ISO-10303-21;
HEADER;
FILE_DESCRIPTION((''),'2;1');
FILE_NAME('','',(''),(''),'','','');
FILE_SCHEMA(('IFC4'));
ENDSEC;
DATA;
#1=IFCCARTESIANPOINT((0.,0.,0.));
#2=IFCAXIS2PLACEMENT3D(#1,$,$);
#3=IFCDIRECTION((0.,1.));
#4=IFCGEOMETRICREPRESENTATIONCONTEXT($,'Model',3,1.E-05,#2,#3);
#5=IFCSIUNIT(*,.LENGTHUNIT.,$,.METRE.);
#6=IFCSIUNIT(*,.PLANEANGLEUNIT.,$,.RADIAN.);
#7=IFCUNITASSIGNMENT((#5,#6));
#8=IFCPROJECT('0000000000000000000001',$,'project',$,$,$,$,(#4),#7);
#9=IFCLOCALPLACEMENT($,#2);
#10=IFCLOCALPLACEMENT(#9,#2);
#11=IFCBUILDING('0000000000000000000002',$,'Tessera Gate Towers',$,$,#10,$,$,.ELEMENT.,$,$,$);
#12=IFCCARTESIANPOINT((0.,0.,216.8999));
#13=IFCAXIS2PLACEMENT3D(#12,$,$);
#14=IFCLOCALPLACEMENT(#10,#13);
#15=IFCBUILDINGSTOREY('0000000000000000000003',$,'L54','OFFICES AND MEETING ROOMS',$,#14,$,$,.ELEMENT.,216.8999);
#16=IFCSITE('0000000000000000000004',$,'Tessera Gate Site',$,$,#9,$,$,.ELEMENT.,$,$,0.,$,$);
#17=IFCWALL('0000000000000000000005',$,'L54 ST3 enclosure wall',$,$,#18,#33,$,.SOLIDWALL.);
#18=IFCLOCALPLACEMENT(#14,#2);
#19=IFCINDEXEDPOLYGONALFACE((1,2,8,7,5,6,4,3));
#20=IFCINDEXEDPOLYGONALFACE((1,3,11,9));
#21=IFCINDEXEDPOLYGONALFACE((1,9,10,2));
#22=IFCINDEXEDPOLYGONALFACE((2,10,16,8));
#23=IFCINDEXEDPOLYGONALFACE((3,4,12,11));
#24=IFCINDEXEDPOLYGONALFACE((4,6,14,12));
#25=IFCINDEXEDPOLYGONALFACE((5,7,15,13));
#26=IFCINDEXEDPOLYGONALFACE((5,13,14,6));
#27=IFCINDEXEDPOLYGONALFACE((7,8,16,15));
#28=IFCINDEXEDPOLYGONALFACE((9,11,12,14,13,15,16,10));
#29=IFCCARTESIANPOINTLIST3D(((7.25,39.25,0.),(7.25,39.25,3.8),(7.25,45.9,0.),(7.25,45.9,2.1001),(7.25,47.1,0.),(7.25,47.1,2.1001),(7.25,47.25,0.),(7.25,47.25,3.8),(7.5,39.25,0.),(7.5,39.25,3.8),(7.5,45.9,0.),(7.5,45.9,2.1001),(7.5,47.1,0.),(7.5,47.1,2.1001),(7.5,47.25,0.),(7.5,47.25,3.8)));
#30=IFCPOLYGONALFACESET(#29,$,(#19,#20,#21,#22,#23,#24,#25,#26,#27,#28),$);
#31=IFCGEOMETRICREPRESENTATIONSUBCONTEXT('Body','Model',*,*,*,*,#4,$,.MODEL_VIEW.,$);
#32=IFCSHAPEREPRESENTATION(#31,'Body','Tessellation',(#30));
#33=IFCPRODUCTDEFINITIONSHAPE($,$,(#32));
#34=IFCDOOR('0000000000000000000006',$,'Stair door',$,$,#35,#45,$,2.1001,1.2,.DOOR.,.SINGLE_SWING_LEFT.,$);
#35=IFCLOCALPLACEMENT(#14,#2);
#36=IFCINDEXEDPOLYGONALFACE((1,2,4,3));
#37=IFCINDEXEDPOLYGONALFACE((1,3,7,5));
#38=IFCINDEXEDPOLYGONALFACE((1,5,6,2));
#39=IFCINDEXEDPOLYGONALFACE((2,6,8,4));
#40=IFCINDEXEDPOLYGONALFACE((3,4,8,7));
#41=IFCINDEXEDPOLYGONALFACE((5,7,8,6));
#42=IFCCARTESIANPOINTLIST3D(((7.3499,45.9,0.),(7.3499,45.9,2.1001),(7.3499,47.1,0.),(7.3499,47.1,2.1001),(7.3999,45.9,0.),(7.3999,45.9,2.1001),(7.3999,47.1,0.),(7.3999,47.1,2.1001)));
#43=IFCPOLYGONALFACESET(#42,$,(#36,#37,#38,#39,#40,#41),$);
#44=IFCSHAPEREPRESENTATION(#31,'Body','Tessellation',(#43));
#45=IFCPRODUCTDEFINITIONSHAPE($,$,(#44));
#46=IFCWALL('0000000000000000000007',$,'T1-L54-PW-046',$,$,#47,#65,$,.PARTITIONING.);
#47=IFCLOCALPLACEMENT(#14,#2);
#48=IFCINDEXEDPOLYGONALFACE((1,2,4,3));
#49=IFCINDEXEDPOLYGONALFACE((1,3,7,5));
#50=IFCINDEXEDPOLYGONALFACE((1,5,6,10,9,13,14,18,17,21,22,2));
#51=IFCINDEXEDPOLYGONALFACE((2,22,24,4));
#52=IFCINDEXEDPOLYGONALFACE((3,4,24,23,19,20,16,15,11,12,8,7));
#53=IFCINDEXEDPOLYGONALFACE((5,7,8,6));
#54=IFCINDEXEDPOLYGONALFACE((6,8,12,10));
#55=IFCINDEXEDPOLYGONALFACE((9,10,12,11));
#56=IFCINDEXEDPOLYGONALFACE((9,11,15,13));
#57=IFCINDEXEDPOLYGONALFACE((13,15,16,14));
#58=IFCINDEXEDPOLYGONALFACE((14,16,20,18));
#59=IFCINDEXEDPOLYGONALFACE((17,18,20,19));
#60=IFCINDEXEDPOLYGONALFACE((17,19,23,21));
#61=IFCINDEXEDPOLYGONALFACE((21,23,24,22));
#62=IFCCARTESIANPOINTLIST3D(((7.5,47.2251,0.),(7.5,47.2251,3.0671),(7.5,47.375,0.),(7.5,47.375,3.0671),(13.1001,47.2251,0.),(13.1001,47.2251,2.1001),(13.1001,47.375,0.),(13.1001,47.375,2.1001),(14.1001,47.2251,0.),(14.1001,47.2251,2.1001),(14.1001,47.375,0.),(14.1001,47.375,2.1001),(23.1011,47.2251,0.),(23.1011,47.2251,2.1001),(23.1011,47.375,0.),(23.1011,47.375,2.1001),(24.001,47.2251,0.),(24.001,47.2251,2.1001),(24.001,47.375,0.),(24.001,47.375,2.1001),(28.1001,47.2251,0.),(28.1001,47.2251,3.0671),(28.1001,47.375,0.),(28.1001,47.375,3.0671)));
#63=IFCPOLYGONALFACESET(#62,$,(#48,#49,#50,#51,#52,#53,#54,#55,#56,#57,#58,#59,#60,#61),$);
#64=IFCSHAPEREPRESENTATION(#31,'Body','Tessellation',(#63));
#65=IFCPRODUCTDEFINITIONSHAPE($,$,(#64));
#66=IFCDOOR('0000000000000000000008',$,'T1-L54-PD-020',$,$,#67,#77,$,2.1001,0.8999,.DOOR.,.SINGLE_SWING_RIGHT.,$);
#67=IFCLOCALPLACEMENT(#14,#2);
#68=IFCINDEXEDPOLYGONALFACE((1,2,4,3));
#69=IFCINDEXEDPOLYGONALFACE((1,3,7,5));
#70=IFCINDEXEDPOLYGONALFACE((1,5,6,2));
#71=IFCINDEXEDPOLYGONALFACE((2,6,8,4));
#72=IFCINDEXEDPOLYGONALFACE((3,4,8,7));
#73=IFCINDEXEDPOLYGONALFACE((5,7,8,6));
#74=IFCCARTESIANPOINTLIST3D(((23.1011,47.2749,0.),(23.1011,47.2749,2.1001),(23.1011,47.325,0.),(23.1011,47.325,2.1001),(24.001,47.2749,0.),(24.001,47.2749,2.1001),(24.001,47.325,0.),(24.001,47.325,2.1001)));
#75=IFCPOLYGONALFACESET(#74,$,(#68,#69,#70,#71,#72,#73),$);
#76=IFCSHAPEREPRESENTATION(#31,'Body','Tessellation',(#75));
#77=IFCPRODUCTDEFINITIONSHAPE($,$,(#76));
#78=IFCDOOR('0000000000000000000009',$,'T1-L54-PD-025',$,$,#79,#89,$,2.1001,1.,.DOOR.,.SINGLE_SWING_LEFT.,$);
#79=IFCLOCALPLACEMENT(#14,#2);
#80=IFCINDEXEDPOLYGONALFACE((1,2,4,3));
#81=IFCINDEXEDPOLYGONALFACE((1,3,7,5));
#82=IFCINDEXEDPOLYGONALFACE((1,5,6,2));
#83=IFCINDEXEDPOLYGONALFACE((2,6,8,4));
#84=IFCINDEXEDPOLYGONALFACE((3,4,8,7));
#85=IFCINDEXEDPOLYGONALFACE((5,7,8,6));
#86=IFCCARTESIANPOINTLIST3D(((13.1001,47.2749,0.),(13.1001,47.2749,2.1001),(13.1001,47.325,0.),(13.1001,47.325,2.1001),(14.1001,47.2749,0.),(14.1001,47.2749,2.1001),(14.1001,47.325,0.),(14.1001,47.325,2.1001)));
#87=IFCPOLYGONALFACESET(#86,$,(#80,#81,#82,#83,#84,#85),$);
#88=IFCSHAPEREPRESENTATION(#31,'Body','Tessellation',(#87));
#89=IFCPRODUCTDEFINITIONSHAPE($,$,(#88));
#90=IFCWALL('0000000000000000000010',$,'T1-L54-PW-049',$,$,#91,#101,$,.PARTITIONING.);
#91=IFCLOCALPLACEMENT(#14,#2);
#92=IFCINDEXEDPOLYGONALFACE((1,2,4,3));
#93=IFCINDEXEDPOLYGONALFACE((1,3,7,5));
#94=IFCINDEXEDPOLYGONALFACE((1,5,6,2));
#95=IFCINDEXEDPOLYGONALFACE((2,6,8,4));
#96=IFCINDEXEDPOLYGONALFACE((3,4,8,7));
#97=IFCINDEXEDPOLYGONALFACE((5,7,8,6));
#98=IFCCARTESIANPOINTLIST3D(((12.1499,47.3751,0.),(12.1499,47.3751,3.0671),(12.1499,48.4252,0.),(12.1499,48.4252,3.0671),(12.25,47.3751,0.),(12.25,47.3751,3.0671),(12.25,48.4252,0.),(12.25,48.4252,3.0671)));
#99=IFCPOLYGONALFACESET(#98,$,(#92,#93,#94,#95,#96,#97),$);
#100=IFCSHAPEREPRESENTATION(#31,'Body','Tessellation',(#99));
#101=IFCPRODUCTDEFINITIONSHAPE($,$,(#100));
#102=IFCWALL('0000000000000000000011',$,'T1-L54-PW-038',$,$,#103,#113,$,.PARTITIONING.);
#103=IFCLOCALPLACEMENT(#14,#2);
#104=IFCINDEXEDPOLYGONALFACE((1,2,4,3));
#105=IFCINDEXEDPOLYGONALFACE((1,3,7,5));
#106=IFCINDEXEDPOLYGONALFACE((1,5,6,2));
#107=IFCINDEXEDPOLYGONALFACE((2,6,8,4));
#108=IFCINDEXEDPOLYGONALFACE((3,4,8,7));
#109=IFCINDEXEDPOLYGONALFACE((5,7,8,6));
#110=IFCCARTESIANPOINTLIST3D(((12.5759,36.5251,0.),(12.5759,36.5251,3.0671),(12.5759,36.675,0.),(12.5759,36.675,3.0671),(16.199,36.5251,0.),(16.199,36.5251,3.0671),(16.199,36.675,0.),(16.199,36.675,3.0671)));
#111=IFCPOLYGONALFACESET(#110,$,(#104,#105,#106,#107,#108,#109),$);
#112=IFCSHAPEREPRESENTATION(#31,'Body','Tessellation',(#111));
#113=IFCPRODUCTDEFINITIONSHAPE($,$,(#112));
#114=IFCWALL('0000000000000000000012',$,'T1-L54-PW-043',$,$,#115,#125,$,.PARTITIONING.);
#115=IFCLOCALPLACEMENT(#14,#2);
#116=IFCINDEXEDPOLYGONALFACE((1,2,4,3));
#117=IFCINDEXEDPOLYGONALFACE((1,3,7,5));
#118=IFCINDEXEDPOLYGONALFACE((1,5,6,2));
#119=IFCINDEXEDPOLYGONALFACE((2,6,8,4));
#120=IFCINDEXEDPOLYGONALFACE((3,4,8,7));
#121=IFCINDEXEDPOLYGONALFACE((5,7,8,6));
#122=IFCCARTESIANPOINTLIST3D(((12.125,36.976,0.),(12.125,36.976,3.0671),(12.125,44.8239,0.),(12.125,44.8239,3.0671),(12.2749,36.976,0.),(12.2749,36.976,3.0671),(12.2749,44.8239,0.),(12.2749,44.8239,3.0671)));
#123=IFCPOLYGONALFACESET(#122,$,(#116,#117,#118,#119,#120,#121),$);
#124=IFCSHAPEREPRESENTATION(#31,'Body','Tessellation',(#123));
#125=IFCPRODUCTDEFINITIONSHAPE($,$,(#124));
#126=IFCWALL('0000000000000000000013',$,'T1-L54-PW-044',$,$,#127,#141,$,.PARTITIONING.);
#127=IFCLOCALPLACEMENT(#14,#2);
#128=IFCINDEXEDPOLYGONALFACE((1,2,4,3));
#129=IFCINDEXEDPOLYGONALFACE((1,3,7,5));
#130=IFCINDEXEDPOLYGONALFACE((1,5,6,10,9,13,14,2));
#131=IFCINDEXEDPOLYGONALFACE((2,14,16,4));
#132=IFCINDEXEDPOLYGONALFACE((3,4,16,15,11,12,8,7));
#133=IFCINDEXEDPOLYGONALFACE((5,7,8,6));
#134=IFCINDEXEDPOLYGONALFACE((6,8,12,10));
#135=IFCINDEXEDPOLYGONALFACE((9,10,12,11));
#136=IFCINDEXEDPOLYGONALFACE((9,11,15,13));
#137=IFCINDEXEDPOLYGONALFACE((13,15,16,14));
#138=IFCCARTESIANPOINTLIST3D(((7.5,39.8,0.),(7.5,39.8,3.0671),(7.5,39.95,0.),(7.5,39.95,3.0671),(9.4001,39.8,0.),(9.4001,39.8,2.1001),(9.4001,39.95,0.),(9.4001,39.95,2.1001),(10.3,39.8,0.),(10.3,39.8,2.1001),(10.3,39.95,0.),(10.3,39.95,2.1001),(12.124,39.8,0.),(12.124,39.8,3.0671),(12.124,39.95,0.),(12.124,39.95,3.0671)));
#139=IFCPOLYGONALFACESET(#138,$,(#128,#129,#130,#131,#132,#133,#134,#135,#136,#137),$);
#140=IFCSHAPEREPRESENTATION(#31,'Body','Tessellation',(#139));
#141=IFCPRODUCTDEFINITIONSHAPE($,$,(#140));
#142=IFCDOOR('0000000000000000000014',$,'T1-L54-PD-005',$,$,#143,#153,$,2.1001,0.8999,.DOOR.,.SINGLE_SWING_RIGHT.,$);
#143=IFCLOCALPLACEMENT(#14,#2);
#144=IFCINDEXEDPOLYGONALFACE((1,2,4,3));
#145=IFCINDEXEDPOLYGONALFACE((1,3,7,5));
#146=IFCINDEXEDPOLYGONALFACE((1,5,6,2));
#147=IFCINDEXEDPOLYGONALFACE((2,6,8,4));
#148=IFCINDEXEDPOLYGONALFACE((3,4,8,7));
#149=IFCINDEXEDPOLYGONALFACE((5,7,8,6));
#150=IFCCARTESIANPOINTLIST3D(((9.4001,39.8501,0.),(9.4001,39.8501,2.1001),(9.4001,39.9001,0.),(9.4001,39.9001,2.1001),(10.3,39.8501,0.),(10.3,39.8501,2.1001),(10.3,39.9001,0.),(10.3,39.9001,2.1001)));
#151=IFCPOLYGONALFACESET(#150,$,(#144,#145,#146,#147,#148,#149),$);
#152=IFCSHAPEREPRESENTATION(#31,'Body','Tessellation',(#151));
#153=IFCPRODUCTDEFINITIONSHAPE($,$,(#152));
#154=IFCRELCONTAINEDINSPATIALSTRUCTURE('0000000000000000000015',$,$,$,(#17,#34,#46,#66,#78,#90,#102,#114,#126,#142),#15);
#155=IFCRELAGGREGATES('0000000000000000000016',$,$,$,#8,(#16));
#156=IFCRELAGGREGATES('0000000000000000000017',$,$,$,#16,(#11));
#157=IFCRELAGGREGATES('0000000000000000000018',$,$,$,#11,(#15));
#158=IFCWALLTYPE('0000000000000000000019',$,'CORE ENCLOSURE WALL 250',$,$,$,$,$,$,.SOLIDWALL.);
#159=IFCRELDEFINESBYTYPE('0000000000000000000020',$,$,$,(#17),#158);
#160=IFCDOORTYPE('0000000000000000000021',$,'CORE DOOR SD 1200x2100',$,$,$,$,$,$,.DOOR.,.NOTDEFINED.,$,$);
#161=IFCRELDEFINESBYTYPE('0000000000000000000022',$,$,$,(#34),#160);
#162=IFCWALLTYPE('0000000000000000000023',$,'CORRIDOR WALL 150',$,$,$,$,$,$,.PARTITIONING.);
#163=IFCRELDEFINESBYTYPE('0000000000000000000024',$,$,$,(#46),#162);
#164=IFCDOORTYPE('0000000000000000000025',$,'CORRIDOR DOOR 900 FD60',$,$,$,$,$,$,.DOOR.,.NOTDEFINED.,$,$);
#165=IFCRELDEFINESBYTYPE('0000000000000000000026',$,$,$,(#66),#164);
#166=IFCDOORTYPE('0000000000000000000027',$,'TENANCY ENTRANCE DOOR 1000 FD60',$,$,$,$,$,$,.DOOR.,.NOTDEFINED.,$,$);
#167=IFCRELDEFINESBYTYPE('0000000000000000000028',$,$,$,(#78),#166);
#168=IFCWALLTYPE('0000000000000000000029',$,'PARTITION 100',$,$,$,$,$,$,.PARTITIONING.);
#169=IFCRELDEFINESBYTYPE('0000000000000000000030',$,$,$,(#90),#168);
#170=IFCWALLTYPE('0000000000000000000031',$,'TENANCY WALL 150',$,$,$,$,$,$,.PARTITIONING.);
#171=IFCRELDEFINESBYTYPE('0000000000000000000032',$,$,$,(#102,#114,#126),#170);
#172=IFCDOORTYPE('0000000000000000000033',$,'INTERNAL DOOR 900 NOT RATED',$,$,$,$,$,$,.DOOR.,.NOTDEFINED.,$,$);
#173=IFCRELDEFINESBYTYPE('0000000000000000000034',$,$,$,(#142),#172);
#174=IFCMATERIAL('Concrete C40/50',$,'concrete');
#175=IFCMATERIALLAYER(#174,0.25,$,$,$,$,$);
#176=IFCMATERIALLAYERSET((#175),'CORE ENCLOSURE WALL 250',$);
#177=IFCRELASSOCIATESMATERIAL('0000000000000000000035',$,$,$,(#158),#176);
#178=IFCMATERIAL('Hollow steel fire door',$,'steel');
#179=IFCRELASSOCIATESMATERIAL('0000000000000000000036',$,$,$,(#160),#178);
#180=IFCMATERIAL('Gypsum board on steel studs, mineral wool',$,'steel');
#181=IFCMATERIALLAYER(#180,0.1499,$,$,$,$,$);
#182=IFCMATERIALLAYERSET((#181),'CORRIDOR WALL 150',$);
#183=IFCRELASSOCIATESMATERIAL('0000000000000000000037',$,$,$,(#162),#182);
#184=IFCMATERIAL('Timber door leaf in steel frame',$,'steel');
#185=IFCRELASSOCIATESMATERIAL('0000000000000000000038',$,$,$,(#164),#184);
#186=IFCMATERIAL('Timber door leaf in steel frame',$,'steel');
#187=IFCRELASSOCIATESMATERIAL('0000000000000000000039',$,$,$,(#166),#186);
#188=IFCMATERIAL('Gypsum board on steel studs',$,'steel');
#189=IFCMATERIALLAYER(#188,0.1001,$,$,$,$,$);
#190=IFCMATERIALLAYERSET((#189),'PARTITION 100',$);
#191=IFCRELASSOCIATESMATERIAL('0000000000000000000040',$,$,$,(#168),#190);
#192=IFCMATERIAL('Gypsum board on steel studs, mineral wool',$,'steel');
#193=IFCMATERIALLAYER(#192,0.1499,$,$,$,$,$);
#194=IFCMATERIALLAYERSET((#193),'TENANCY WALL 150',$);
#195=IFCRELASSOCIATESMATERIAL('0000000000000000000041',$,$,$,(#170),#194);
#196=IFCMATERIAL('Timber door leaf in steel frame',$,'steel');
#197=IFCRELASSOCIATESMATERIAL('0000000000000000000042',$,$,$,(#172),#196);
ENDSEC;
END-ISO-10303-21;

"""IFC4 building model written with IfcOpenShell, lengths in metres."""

from ifc_helpers import new_model, si_unit, direction, frame, frame_2d, origin, place, context, subcontext, project, spatial, rectangle, extrude, source, transform, mapped, material, layer, layer_set, type_object, element, fill, save


model = new_model("IFC4")

# Units and contexts
model_context = context("Model", 3, precision=1e-05, world=origin(), true_north=direction((0.0, 1.0)))
body_context = subcontext(model_context, "Body", "Model", "MODEL_VIEW")
ifc_project = project(units=[si_unit("LENGTHUNIT", "METRE"), si_unit("PLANEANGLEUNIT", "RADIAN")], contexts=[model_context])

# Site, building, storey
site_placement = place(None, origin())
site = spatial("IfcSite", under=ifc_project, at=site_placement, Name="Tessera Gate Site", CompositionType="ELEMENT", RefElevation=0.0)
building_placement = place(site_placement, origin())
building = spatial("IfcBuilding", under=site, at=building_placement, Name="Tessera Gate Towers", CompositionType="ELEMENT")
storey_placement = place(building_placement, frame((0.0, 0.0, 216.8999)))
storey = spatial("IfcBuildingStorey", under=building, at=storey_placement, Name="L54", Description="OFFICES AND MEETING ROOMS", CompositionType="ELEMENT", Elevation=216.8999)

# Shared definitions
ifc_material_1 = material(Name="Concrete C40/50", Category="concrete")
ifc_layer_1 = layer(ifc_material_1, 0.25)
ifc_layer_set_1 = layer_set([ifc_layer_1], Name="CORE ENCLOSURE WALL 250")
wall_type_1 = type_object("IfcWallType", Name="CORE ENCLOSURE WALL 250", PredefinedType="SOLIDWALL", material=ifc_layer_set_1)

# Wall, opening, door
wall_1_placement = place(storey_placement, frame((7.375, 47.25, 0.0), z_axis=(0.0, 0.0, 1.0), x_axis=(0.0, -1.0, 0.0)))
wall_1 = element("IfcWall", 1, at=wall_1_placement, inside=storey, type_object=wall_type_1, Name="L54 ST3 enclosure wall", PredefinedType="SOLIDWALL", context=body_context, shape_type="SweptSolid", body=[
    extrude(rectangle(XDim=8.0, YDim=0.25, at=frame_2d((4.0, 0.0))), origin(), (0.0, 0.0, 1.0), 3.8),
])
shared_shape_1 = source(origin(), body_context, "Body", "SweptSolid", [
    extrude(rectangle(XDim=1.2, YDim=2.1001, at=frame_2d((0.6001, 1.05))), frame((0.0, 0.135, 0.0), z_axis=(0.0, -1.0, 0.0), x_axis=(1.0, 0.0, 0.0)), (0.0, 0.0, 1.0), 0.27),
])
opening_1_placement = place(wall_1_placement, frame((0.1499, 0.0, 0.0)))
opening_1 = element("IfcOpeningElement", 2, at=opening_1_placement, cuts=wall_1, PredefinedType="OPENING", context=body_context, shape_type="MappedRepresentation", body=[
    mapped(shared_shape_1, transform((0.0, 0.0, 0.0), scale=1.0)),
])
ifc_material_2 = material(Name="Hollow steel fire door", Category="steel")
door_type_1 = type_object("IfcDoorType", Name="CORE DOOR SD 1200x2100", OperationType="NOTDEFINED", PredefinedType="DOOR", material=ifc_material_2)
shared_shape_2 = source(origin(), body_context, "Body", "SweptSolid", [
    extrude(rectangle(XDim=1.2, YDim=2.1001, at=frame_2d((0.6001, 1.05))), frame((0.0, 0.0249, 0.0), z_axis=(0.0, -1.0, 0.0), x_axis=(1.0, 0.0, 0.0)), (0.0, 0.0, 1.0), 0.05),
])
door_1_placement = place(opening_1_placement, origin())
door_1 = element("IfcDoor", 3, at=door_1_placement, inside=storey, type_object=door_type_1, Name="Stair door", OperationType="SINGLE_SWING_LEFT", OverallHeight=2.1001, OverallWidth=1.2, PredefinedType="DOOR", context=body_context, shape_type="MappedRepresentation", body=[
    mapped(shared_shape_2, transform((0.0, 0.0, 0.0), scale=1.0)),
])
fill(opening_1, door_1)

# Wall, openings, doors
ifc_material_3 = material(Name="Gypsum board on steel studs, mineral wool", Category="steel")
ifc_layer_2 = layer(ifc_material_3, 0.1499)
ifc_layer_set_2 = layer_set([ifc_layer_2], Name="CORRIDOR WALL 150")
wall_type_2 = type_object("IfcWallType", Name="CORRIDOR WALL 150", PredefinedType="PARTITIONING", material=ifc_layer_set_2)
wall_2_placement = place(storey_placement, frame((7.5, 47.3, 0.0), z_axis=(0.0, 0.0, 1.0), x_axis=(1.0, 0.0, 0.0)))
wall_2 = element("IfcWall", 4, at=wall_2_placement, inside=storey, type_object=wall_type_2, Name="T1-L54-PW-046", PredefinedType="PARTITIONING", context=body_context, shape_type="SweptSolid", body=[
    extrude(rectangle(XDim=20.6001, YDim=0.1499, at=frame_2d((10.3, 0.0))), origin(), (0.0, 0.0, 1.0), 3.0671),
])
shared_shape_3 = source(origin(), body_context, "Body", "SweptSolid", [
    extrude(rectangle(XDim=0.8999, YDim=2.1001, at=frame_2d((0.45, 1.05))), frame((0.0, 0.085, 0.0), z_axis=(0.0, -1.0, 0.0), x_axis=(1.0, 0.0, 0.0)), (0.0, 0.0, 1.0), 0.1699),
])
opening_2_placement = place(wall_2_placement, frame((15.6011, 0.0, 0.0)))
opening_2 = element("IfcOpeningElement", 5, at=opening_2_placement, cuts=wall_2, PredefinedType="OPENING", context=body_context, shape_type="MappedRepresentation", body=[
    mapped(shared_shape_3, transform((0.0, 0.0, 0.0), scale=1.0)),
])
shared_shape_4 = source(origin(), body_context, "Body", "SweptSolid", [
    extrude(rectangle(XDim=1.0, YDim=2.1001, at=frame_2d((0.5, 1.05))), frame((0.0, 0.085, 0.0), z_axis=(0.0, -1.0, 0.0), x_axis=(1.0, 0.0, 0.0)), (0.0, 0.0, 1.0), 0.1699),
])
opening_3_placement = place(wall_2_placement, frame((5.6001, 0.0, 0.0)))
opening_3 = element("IfcOpeningElement", 6, at=opening_3_placement, cuts=wall_2, PredefinedType="OPENING", context=body_context, shape_type="MappedRepresentation", body=[
    mapped(shared_shape_4, transform((0.0, 0.0, 0.0), scale=1.0)),
])
ifc_material_4 = material(Name="Timber door leaf in steel frame", Category="steel")
door_type_2 = type_object("IfcDoorType", Name="CORRIDOR DOOR 900 FD60", OperationType="NOTDEFINED", PredefinedType="DOOR", material=ifc_material_4)
shared_shape_5 = source(origin(), body_context, "Body", "SweptSolid", [
    extrude(rectangle(XDim=0.8999, YDim=2.1001, at=frame_2d((0.45, 1.05))), frame((0.0, 0.0249, 0.0), z_axis=(0.0, -1.0, 0.0), x_axis=(1.0, 0.0, 0.0)), (0.0, 0.0, 1.0), 0.05),
])
door_2_placement = place(opening_2_placement, origin())
door_2 = element("IfcDoor", 7, at=door_2_placement, inside=storey, type_object=door_type_2, Name="T1-L54-PD-020", OperationType="SINGLE_SWING_RIGHT", OverallHeight=2.1001, OverallWidth=0.8999, PredefinedType="DOOR", context=body_context, shape_type="MappedRepresentation", body=[
    mapped(shared_shape_5, transform((0.0, 0.0, 0.0), scale=1.0)),
])
fill(opening_2, door_2)
ifc_material_5 = material(Name="Timber door leaf in steel frame", Category="steel")
door_type_3 = type_object("IfcDoorType", Name="TENANCY ENTRANCE DOOR 1000 FD60", OperationType="NOTDEFINED", PredefinedType="DOOR", material=ifc_material_5)
shared_shape_6 = source(origin(), body_context, "Body", "SweptSolid", [
    extrude(rectangle(XDim=1.0, YDim=2.1001, at=frame_2d((0.5, 1.05))), frame((0.0, 0.0249, 0.0), z_axis=(0.0, -1.0, 0.0), x_axis=(1.0, 0.0, 0.0)), (0.0, 0.0, 1.0), 0.05),
])
door_3_placement = place(opening_3_placement, origin())
door_3 = element("IfcDoor", 8, at=door_3_placement, inside=storey, type_object=door_type_3, Name="T1-L54-PD-025", OperationType="SINGLE_SWING_LEFT", OverallHeight=2.1001, OverallWidth=1.0, PredefinedType="DOOR", context=body_context, shape_type="MappedRepresentation", body=[
    mapped(shared_shape_6, transform((0.0, 0.0, 0.0), scale=1.0)),
])
fill(opening_3, door_3)

# Walls
ifc_material_6 = material(Name="Gypsum board on steel studs", Category="steel")
ifc_layer_3 = layer(ifc_material_6, 0.1001)
ifc_layer_set_3 = layer_set([ifc_layer_3], Name="PARTITION 100")
wall_type_3 = type_object("IfcWallType", Name="PARTITION 100", PredefinedType="PARTITIONING", material=ifc_layer_set_3)
wall_3_placement = place(storey_placement, frame((12.2, 48.425, 0.0), z_axis=(0.0, 0.0, 1.0), x_axis=(0.0, -1.0, 0.0)))
element("IfcWall", 9, at=wall_3_placement, inside=storey, type_object=wall_type_3, Name="T1-L54-PW-049", PredefinedType="PARTITIONING", context=body_context, shape_type="SweptSolid", body=[
    extrude(rectangle(XDim=1.05, YDim=0.1001, at=frame_2d((0.5249, 0.0))), origin(), (0.0, 0.0, 1.0), 3.0671),
])
ifc_material_7 = material(Name="Gypsum board on steel studs, mineral wool", Category="steel")
ifc_layer_4 = layer(ifc_material_7, 0.1499)
ifc_layer_set_4 = layer_set([ifc_layer_4], Name="TENANCY WALL 150")
wall_type_4 = type_object("IfcWallType", Name="TENANCY WALL 150", PredefinedType="PARTITIONING", material=ifc_layer_set_4)
wall_4_placement = place(storey_placement, frame((12.5759, 36.6001, 0.0), z_axis=(0.0, 0.0, 1.0), x_axis=(1.0, 0.0, 0.0)))
element("IfcWall", 10, at=wall_4_placement, inside=storey, type_object=wall_type_4, Name="T1-L54-PW-038", PredefinedType="PARTITIONING", context=body_context, shape_type="SweptSolid", body=[
    extrude(rectangle(XDim=3.623, YDim=0.1499, at=frame_2d((1.8115, 0.0))), origin(), (0.0, 0.0, 1.0), 3.0671),
])
wall_5_placement = place(storey_placement, frame((12.2, 36.9761, 0.0), z_axis=(0.0, 0.0, 1.0), x_axis=(0.0, 1.0, 0.0)))
element("IfcWall", 11, at=wall_5_placement, inside=storey, type_object=wall_type_4, Name="T1-L54-PW-043", PredefinedType="PARTITIONING", context=body_context, shape_type="SweptSolid", body=[
    extrude(rectangle(XDim=7.8479, YDim=0.1499, at=frame_2d((3.9238, 0.0))), origin(), (0.0, 0.0, 1.0), 3.0671),
])

# Wall, opening, door
wall_6_placement = place(storey_placement, frame((12.124, 39.875, 0.0), z_axis=(0.0, 0.0, 1.0), x_axis=(-1.0, 0.0, 0.0)))
wall_6 = element("IfcWall", 12, at=wall_6_placement, inside=storey, type_object=wall_type_4, Name="T1-L54-PW-044", PredefinedType="PARTITIONING", context=body_context, shape_type="SweptSolid", body=[
    extrude(rectangle(XDim=4.624, YDim=0.1499, at=frame_2d((2.312, 0.0))), origin(), (0.0, 0.0, 1.0), 3.0671),
])
opening_4_placement = place(wall_6_placement, frame((1.824, 0.0, 0.0)))
opening_4 = element("IfcOpeningElement", 13, at=opening_4_placement, cuts=wall_6, PredefinedType="OPENING", context=body_context, shape_type="MappedRepresentation", body=[
    mapped(shared_shape_3, transform((0.0, 0.0, 0.0), scale=1.0)),
])
ifc_material_8 = material(Name="Timber door leaf in steel frame", Category="steel")
door_type_4 = type_object("IfcDoorType", Name="INTERNAL DOOR 900 NOT RATED", OperationType="NOTDEFINED", PredefinedType="DOOR", material=ifc_material_8)
door_4_placement = place(opening_4_placement, origin())
door_4 = element("IfcDoor", 14, at=door_4_placement, inside=storey, type_object=door_type_4, Name="T1-L54-PD-005", OperationType="SINGLE_SWING_RIGHT", OverallHeight=2.1001, OverallWidth=0.8999, PredefinedType="DOOR", context=body_context, shape_type="MappedRepresentation", body=[
    mapped(shared_shape_5, transform((0.0, 0.0, 0.0), scale=1.0)),
])
fill(opening_4, door_4)

save(model, "model.ifc")
